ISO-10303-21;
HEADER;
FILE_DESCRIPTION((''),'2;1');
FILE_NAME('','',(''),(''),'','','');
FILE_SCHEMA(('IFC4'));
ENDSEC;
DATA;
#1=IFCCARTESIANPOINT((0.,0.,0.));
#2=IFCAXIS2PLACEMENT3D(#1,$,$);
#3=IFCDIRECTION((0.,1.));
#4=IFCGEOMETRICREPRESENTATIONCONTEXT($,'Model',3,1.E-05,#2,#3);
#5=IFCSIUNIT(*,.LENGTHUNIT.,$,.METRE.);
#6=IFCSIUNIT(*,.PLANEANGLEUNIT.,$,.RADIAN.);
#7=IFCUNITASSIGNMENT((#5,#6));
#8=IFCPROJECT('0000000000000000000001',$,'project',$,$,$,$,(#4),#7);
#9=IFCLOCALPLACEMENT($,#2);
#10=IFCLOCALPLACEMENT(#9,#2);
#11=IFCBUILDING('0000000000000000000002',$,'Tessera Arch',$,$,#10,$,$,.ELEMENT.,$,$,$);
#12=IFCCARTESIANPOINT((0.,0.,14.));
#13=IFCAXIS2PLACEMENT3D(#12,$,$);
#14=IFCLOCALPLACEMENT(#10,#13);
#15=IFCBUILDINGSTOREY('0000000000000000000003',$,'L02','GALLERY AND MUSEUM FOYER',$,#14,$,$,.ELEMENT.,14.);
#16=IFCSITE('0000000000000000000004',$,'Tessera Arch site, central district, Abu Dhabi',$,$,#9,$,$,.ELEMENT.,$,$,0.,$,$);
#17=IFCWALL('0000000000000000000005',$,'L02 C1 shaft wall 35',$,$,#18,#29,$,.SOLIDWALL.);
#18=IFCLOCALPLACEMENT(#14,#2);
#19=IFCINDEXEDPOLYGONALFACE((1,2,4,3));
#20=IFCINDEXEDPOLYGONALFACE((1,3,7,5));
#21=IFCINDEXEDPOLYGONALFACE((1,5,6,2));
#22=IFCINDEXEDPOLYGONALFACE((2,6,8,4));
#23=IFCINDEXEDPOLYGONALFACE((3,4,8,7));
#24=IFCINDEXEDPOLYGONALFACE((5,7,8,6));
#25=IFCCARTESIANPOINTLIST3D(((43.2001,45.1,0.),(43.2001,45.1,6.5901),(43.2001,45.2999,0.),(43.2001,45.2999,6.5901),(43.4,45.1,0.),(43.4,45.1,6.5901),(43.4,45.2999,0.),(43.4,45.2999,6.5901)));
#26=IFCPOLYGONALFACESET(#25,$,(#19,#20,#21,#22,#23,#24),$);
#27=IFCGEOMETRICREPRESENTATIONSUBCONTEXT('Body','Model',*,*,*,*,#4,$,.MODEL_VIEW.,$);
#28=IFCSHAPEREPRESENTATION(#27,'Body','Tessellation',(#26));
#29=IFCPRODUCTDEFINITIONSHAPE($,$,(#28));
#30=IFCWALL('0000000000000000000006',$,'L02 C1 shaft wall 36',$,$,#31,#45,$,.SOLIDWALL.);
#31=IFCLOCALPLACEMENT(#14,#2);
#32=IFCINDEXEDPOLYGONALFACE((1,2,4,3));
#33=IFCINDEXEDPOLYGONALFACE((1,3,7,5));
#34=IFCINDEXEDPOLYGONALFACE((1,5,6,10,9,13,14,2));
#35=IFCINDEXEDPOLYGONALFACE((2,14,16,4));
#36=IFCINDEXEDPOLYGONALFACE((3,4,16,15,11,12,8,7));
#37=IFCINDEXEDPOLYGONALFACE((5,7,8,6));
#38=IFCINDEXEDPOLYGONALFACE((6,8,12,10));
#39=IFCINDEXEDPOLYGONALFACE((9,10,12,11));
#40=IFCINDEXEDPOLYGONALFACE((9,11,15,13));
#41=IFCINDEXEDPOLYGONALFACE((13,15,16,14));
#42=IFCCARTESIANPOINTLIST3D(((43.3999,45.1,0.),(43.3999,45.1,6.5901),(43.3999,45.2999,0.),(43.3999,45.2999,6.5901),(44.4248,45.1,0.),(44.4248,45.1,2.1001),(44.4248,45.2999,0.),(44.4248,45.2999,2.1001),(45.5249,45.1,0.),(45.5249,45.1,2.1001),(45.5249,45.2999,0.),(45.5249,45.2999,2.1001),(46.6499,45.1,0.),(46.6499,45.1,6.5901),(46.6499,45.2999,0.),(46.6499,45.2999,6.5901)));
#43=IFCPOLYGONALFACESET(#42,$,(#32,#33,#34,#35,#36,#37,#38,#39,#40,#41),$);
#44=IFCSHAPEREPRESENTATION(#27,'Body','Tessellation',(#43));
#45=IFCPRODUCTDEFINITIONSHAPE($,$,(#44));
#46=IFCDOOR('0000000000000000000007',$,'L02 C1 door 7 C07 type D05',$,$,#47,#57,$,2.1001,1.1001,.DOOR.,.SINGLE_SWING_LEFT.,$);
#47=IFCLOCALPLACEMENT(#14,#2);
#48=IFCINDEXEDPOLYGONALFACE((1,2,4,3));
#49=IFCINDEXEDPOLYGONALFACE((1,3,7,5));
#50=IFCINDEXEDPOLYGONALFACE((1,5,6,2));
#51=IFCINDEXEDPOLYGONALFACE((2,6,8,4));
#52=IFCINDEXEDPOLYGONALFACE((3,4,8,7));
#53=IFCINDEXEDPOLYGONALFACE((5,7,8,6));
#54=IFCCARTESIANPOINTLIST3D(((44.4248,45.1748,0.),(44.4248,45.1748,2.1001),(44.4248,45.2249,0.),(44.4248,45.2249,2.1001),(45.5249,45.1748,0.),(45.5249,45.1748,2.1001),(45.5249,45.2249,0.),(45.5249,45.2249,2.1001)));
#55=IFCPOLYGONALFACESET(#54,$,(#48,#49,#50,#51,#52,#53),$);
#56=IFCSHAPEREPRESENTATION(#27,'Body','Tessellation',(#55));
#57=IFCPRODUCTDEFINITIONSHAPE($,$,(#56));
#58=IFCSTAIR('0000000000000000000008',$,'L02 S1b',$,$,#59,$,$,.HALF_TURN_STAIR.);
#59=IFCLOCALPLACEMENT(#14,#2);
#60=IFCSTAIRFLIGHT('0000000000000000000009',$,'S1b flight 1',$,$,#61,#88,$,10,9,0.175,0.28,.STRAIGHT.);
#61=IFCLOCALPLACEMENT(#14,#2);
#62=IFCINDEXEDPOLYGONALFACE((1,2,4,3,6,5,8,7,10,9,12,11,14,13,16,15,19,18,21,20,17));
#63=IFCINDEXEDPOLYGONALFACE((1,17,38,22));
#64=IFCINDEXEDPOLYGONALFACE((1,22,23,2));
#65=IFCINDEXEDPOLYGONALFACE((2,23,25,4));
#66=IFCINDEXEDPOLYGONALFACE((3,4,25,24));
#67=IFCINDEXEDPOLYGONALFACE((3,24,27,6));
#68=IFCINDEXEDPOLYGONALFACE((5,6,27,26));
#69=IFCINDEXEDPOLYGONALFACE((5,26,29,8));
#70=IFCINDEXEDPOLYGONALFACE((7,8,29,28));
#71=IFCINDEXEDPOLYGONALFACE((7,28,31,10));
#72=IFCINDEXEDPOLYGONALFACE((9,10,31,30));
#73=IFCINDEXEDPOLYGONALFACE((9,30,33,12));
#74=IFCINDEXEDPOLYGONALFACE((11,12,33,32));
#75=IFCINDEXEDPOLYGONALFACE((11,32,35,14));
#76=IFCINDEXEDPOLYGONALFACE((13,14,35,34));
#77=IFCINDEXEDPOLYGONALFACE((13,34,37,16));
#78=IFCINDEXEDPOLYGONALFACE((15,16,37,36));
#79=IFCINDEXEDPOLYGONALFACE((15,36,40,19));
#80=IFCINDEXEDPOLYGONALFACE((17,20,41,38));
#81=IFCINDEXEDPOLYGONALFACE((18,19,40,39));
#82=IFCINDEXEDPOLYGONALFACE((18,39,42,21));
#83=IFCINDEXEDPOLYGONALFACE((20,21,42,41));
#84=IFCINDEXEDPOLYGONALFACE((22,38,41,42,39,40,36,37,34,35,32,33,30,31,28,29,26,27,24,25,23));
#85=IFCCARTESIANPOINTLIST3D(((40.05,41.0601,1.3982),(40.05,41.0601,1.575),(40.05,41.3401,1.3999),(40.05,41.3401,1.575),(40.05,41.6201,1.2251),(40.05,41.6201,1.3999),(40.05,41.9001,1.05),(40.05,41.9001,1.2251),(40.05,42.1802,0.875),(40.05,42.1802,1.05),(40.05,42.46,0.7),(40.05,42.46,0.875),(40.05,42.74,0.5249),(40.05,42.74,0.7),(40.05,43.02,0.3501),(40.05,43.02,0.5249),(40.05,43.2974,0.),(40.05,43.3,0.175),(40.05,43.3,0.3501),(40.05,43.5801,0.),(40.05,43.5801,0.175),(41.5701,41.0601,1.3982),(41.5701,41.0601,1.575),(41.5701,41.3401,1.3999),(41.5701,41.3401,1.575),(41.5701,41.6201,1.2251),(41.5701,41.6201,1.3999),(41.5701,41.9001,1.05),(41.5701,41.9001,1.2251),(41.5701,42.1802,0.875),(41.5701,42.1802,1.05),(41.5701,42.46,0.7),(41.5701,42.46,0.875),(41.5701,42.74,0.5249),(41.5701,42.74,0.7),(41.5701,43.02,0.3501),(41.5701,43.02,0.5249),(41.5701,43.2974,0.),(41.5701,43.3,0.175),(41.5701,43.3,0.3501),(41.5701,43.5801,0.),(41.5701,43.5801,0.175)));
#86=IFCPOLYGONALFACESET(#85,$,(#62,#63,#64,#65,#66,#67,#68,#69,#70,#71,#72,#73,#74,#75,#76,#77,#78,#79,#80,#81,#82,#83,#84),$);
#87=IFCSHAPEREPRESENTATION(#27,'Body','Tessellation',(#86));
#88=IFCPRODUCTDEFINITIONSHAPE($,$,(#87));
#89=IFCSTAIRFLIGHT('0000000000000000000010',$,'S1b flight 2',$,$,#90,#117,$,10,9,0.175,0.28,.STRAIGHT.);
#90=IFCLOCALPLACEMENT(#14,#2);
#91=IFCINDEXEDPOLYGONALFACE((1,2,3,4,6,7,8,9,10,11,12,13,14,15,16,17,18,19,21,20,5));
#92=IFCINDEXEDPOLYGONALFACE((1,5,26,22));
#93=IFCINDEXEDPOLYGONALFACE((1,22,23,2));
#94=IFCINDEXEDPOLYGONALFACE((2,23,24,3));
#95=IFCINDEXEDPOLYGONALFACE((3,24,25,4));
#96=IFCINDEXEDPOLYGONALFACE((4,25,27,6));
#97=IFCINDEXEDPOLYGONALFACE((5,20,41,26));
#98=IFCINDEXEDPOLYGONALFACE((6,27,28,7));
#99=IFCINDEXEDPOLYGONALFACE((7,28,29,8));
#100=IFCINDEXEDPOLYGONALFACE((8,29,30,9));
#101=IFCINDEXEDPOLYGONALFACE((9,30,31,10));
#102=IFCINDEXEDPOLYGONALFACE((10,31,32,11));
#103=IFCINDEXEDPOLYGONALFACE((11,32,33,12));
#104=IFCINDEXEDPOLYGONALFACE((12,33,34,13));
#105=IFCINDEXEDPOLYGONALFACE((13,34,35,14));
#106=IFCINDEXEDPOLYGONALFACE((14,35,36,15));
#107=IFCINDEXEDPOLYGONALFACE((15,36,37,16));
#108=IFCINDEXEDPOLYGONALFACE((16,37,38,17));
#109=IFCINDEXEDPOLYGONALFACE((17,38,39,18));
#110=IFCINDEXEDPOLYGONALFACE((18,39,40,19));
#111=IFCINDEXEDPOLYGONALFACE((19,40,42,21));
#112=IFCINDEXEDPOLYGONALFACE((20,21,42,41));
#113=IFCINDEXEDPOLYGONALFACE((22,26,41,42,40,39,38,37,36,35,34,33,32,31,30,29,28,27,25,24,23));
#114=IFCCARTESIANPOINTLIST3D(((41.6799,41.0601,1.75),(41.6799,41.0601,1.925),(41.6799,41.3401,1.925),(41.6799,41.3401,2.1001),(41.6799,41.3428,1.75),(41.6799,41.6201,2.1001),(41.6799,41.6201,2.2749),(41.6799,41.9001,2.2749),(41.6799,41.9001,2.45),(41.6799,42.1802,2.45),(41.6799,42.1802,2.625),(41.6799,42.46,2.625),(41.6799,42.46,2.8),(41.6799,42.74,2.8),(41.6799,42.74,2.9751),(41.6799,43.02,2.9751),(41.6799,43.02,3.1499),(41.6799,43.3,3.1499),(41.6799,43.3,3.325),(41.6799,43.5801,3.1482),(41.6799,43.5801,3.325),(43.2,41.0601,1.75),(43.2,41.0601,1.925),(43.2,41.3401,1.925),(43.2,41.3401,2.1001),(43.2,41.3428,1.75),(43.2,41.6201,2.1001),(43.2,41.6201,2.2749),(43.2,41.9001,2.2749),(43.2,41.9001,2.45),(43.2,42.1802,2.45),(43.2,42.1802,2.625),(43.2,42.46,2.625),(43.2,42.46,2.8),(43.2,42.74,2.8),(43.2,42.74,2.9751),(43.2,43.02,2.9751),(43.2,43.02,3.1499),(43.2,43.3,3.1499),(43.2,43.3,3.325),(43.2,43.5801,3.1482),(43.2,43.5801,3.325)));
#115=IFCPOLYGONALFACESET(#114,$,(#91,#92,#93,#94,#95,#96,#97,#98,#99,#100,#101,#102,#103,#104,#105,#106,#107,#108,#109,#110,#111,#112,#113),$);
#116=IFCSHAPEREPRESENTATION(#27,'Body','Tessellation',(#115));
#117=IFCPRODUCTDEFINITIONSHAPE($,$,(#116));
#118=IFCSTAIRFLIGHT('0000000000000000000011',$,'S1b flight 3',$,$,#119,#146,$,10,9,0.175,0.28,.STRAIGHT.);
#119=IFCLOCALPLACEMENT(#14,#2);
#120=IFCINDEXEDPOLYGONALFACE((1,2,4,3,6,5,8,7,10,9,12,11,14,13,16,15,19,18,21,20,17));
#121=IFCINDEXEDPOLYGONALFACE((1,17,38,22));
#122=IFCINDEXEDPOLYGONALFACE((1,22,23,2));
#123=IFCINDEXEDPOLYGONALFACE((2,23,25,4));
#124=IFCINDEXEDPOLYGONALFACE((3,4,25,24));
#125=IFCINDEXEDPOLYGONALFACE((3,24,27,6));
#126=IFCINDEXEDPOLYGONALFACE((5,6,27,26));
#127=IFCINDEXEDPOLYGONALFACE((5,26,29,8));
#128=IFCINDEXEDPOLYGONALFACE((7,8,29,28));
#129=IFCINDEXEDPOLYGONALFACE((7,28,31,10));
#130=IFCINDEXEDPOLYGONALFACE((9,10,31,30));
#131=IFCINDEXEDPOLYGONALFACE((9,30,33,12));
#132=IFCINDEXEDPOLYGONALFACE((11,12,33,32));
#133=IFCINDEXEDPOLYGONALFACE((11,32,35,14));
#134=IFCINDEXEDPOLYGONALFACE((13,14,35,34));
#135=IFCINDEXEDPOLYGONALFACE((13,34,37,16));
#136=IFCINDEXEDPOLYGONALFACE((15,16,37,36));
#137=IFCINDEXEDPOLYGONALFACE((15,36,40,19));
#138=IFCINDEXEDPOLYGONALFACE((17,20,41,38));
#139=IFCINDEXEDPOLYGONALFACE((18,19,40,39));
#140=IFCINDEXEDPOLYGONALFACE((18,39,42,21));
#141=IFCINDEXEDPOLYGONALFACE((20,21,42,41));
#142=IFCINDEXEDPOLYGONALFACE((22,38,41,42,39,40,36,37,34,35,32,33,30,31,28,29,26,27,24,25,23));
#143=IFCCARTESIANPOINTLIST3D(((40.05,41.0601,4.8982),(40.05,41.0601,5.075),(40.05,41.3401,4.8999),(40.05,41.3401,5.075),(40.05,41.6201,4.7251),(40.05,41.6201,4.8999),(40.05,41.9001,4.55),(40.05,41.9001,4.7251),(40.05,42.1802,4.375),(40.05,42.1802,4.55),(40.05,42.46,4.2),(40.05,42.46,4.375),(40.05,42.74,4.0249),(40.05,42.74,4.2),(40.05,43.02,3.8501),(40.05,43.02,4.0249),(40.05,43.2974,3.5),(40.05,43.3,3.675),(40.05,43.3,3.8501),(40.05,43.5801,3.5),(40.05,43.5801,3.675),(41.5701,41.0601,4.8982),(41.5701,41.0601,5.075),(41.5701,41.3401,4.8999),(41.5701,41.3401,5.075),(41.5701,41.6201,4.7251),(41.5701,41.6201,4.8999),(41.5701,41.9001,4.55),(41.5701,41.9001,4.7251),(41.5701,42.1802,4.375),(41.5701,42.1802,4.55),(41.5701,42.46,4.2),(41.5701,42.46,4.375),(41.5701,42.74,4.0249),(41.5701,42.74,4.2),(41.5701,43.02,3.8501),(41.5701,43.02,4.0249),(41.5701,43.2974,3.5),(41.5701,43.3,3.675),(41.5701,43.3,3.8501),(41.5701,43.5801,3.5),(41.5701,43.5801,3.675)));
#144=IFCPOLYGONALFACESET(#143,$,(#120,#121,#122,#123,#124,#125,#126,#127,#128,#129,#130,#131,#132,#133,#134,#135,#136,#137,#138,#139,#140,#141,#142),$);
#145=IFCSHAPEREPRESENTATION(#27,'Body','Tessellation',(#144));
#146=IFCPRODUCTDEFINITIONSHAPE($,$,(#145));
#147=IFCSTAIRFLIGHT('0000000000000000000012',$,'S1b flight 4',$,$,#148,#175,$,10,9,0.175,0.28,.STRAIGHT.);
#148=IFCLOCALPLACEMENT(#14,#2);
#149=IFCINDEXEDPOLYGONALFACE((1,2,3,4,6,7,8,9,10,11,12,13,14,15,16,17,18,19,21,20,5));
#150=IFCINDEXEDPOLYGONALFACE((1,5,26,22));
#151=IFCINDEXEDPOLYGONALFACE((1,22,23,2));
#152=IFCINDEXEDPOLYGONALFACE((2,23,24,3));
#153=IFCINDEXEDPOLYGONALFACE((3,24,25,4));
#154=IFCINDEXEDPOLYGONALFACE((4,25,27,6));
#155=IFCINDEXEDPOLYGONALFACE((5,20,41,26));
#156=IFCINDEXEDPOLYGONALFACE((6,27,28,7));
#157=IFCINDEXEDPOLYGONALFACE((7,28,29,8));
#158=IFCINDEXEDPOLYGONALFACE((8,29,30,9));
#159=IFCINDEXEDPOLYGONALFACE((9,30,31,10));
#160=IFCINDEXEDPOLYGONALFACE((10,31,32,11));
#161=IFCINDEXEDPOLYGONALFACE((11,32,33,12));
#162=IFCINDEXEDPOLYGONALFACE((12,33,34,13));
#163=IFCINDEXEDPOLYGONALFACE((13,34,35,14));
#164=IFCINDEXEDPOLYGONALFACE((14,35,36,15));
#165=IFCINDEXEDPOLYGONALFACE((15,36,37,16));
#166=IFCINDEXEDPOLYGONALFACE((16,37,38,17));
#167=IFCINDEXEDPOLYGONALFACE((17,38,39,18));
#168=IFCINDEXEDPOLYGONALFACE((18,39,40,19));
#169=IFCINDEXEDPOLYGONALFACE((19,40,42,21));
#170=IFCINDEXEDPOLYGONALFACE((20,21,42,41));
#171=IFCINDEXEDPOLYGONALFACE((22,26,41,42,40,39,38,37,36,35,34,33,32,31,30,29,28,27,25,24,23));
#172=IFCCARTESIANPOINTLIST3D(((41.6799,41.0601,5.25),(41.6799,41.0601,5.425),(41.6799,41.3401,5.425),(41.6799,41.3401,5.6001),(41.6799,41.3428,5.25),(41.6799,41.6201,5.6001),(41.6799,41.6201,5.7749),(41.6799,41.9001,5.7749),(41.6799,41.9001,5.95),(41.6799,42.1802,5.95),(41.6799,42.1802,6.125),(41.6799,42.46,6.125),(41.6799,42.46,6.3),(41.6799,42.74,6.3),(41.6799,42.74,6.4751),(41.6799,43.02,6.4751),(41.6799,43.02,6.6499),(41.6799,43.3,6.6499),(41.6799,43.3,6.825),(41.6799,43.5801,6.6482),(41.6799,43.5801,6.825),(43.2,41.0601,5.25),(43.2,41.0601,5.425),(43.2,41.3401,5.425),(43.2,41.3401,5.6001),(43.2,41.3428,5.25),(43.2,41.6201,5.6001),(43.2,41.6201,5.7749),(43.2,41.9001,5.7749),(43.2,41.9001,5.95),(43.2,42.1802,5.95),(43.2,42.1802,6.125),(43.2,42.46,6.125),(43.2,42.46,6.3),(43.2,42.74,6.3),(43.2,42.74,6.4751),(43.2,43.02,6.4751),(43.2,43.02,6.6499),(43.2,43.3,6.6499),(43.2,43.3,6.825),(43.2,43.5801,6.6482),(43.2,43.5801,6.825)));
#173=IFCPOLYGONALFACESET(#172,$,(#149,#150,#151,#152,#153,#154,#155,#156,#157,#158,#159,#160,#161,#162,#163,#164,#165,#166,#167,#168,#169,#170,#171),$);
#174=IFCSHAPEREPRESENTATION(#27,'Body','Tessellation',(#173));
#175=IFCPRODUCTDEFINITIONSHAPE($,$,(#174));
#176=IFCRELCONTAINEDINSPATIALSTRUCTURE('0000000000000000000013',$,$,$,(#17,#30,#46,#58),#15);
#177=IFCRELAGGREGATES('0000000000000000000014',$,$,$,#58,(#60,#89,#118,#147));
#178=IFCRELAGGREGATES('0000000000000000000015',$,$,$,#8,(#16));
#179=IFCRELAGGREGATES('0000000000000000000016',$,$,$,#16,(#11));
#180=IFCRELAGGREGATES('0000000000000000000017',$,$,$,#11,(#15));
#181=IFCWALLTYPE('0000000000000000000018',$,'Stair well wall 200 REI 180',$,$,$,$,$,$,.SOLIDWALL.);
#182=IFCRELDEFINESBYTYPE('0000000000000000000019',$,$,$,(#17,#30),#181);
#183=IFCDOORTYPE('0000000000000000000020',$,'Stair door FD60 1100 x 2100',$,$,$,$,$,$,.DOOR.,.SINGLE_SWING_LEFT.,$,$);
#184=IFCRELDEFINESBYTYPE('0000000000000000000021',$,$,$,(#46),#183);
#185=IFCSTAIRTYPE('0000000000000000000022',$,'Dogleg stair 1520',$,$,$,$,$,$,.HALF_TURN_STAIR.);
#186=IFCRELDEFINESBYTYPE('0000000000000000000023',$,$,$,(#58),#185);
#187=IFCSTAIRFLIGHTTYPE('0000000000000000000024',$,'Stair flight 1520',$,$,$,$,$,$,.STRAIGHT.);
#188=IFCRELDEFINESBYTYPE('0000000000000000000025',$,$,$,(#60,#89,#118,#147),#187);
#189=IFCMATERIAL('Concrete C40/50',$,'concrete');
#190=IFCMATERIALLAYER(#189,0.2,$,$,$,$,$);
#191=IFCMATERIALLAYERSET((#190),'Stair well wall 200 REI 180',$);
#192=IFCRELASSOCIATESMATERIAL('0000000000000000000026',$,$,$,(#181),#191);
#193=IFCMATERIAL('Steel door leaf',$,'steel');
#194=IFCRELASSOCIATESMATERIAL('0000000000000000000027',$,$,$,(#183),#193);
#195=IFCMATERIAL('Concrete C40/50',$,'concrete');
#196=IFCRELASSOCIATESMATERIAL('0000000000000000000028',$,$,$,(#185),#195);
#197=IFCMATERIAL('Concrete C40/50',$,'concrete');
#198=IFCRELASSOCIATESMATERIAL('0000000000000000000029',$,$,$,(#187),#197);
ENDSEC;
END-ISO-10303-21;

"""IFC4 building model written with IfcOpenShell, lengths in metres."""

from ifc_helpers import new_model, si_unit, direction, frame, frame_2d, origin, place, context, subcontext, project, spatial, polyline, rectangle, outline, extrude, material, layer, layer_set, type_object, element, fill, aggregate, save


model = new_model("IFC4")

# Units and contexts
model_context = context("Model", 3, precision=1e-05, world=origin(), true_north=direction((0.0, 1.0)))
body_context = subcontext(model_context, "Body", "Model", "MODEL_VIEW")
ifc_project = project(units=[si_unit("LENGTHUNIT", "METRE"), si_unit("PLANEANGLEUNIT", "RADIAN")], contexts=[model_context])

# Site, building, storey
site_placement = place(None, origin())
site = spatial("IfcSite", under=ifc_project, at=site_placement, Name="Tessera Arch site, central district, Abu Dhabi", CompositionType="ELEMENT", RefElevation=0.0)
building_placement = place(site_placement, origin())
building = spatial("IfcBuilding", under=site, at=building_placement, Name="Tessera Arch", CompositionType="ELEMENT")
storey_placement = place(building_placement, frame((0.0, 0.0, 14.0)))
storey = spatial("IfcBuildingStorey", under=building, at=storey_placement, Name="L02", Description="GALLERY AND MUSEUM FOYER", CompositionType="ELEMENT", Elevation=14.0)

# Wall
ifc_material_1 = material(Name="Concrete C40/50", Category="concrete")
ifc_layer_1 = layer(ifc_material_1, 0.2)
ifc_layer_set_1 = layer_set([ifc_layer_1], Name="Stair well wall 200 REI 180")
wall_type_1 = type_object("IfcWallType", Name="Stair well wall 200 REI 180", PredefinedType="SOLIDWALL", material=ifc_layer_set_1)
wall_1_placement = place(storey_placement, frame((43.2, 45.2, 0.0), z_axis=(0.0, 0.0, 1.0), x_axis=(1.0, 0.0, 0.0)))
element("IfcWall", 1, at=wall_1_placement, inside=storey, type_object=wall_type_1, Name="L02 C1 shaft wall 35", PredefinedType="SOLIDWALL", context=body_context, shape_type="SweptSolid", body=[
    extrude(rectangle(XDim=0.2, YDim=0.2, at=frame_2d((0.1001, 0.0))), origin(), (0.0, 0.0, 1.0), 6.5901),
])

# Wall, opening, door
wall_2_placement = place(storey_placement, frame((43.3999, 45.2, 0.0), z_axis=(0.0, 0.0, 1.0), x_axis=(1.0, 0.0, 0.0)))
wall_2 = element("IfcWall", 2, at=wall_2_placement, inside=storey, type_object=wall_type_1, Name="L02 C1 shaft wall 36", PredefinedType="SOLIDWALL", context=body_context, shape_type="SweptSolid", body=[
    extrude(rectangle(XDim=3.25, YDim=0.2, at=frame_2d((1.625, 0.0))), origin(), (0.0, 0.0, 1.0), 6.5901),
])
opening_placement = place(wall_2_placement, frame((1.0249, 0.0, 0.0)))
opening = element("IfcOpeningElement", 3, at=opening_placement, cuts=wall_2, PredefinedType="OPENING", context=body_context, shape_type="SweptSolid", body=[
    extrude(rectangle(XDim=1.1001, YDim=2.1001, at=frame_2d((0.55, 1.05))), frame((0.0, 0.1099, 0.0), z_axis=(0.0, -1.0, 0.0), x_axis=(1.0, 0.0, 0.0)), (0.0, 0.0, 1.0), 0.22),
])
ifc_material_2 = material(Name="Steel door leaf", Category="steel")
door_type = type_object("IfcDoorType", Name="Stair door FD60 1100 x 2100", OperationType="SINGLE_SWING_LEFT", PredefinedType="DOOR", material=ifc_material_2)
door_placement = place(opening_placement, origin())
door = element("IfcDoor", 4, at=door_placement, inside=storey, type_object=door_type, Name="L02 C1 door 7 C07 type D05", OperationType="SINGLE_SWING_LEFT", OverallHeight=2.1001, OverallWidth=1.1001, PredefinedType="DOOR", context=body_context, shape_type="SweptSolid", body=[
    extrude(rectangle(XDim=1.1001, YDim=2.1001, at=frame_2d((0.55, 1.05))), frame((0.0, 0.0249, 0.0), z_axis=(0.0, -1.0, 0.0), x_axis=(1.0, 0.0, 0.0)), (0.0, 0.0, 1.0), 0.05),
])
fill(opening, door)

# Stair, stair flights
ifc_material_3 = material(Name="Concrete C40/50", Category="concrete")
stair_type = type_object("IfcStairType", Name="Dogleg stair 1520", PredefinedType="HALF_TURN_STAIR", material=ifc_material_3)
stair_1_placement = place(storey_placement, origin())
stair_1 = element("IfcStair", 5, at=stair_1_placement, inside=storey, type_object=stair_type, Name="L02 S1b", PredefinedType="HALF_TURN_STAIR")
ifc_material_4 = material(Name="Concrete C40/50", Category="concrete")
stair_flight_type = type_object("IfcStairFlightType", Name="Stair flight 1520", PredefinedType="STRAIGHT", material=ifc_material_4)
stair_flight_1_placement = place(storey_placement, frame((40.8101, 43.5801, 0.0), z_axis=(0.0, 0.0, 1.0), x_axis=(0.0, -1.0, 0.0)))
stair_flight_1 = element("IfcStairFlight", 6, at=stair_flight_1_placement, type_object=stair_flight_type, Name="S1b flight 1", NumberOfRisers=10, NumberOfTreads=9, PredefinedType="STRAIGHT", RiserHeight=0.175, TreadLength=0.28, context=body_context, shape_type="SweptSolid", body=[
    extrude(outline(polyline([(0.0, 0.0), (0.0, 0.175), (0.28, 0.175), (0.28, 0.3501), (0.5601, 0.3501), (0.5601, 0.5249), (0.8401, 0.5249), (0.8401, 0.7), (1.1201, 0.7), (1.1201, 0.875), (1.3999, 0.875), (1.3999, 1.05), (1.6799, 1.05), (1.6799, 1.2251), (1.96, 1.2251), (1.96, 1.3999), (2.24, 1.3999), (2.24, 1.575), (2.52, 1.575), (2.52, 1.75), (2.52, 1.3982), (0.2827, 0.0), (0.0, 0.0)])), frame((0.0, 0.76, 0.0), z_axis=(0.0, -1.0, 0.0), x_axis=(1.0, 0.0, 0.0)), (0.0, 0.0, 1.0), 1.52),
])
stair_flight_2_placement = place(storey_placement, frame((42.4399, 41.0601, 1.75), z_axis=(0.0, 0.0, 1.0), x_axis=(0.0, 1.0, 0.0)))
stair_flight_2 = element("IfcStairFlight", 7, at=stair_flight_2_placement, type_object=stair_flight_type, Name="S1b flight 2", NumberOfRisers=10, NumberOfTreads=9, PredefinedType="STRAIGHT", RiserHeight=0.175, TreadLength=0.28, context=body_context, shape_type="SweptSolid", body=[
    extrude(outline(polyline([(0.0, 0.0), (0.0, 0.175), (0.28, 0.175), (0.28, 0.3501), (0.5601, 0.3501), (0.5601, 0.5249), (0.8401, 0.5249), (0.8401, 0.7), (1.1201, 0.7), (1.1201, 0.875), (1.3999, 0.875), (1.3999, 1.05), (1.6799, 1.05), (1.6799, 1.2251), (1.96, 1.2251), (1.96, 1.3999), (2.24, 1.3999), (2.24, 1.575), (2.52, 1.575), (2.52, 1.75), (2.52, 1.3982), (0.2827, 0.0), (0.0, 0.0)])), frame((0.0, 0.76, 0.0), z_axis=(0.0, -1.0, 0.0), x_axis=(1.0, 0.0, 0.0)), (0.0, 0.0, 1.0), 1.52),
])
stair_flight_3_placement = place(storey_placement, frame((40.8101, 43.5801, 3.5), z_axis=(0.0, 0.0, 1.0), x_axis=(0.0, -1.0, 0.0)))
stair_flight_3 = element("IfcStairFlight", 8, at=stair_flight_3_placement, type_object=stair_flight_type, Name="S1b flight 3", NumberOfRisers=10, NumberOfTreads=9, PredefinedType="STRAIGHT", RiserHeight=0.175, TreadLength=0.28, context=body_context, shape_type="SweptSolid", body=[
    extrude(outline(polyline([(0.0, 0.0), (0.0, 0.175), (0.28, 0.175), (0.28, 0.3501), (0.5601, 0.3501), (0.5601, 0.5249), (0.8401, 0.5249), (0.8401, 0.7), (1.1201, 0.7), (1.1201, 0.875), (1.3999, 0.875), (1.3999, 1.05), (1.6799, 1.05), (1.6799, 1.2251), (1.96, 1.2251), (1.96, 1.3999), (2.24, 1.3999), (2.24, 1.575), (2.52, 1.575), (2.52, 1.75), (2.52, 1.3982), (0.2827, 0.0), (0.0, 0.0)])), frame((0.0, 0.76, 0.0), z_axis=(0.0, -1.0, 0.0), x_axis=(1.0, 0.0, 0.0)), (0.0, 0.0, 1.0), 1.52),
])
stair_flight_4_placement = place(storey_placement, frame((42.4399, 41.0601, 5.25), z_axis=(0.0, 0.0, 1.0), x_axis=(0.0, 1.0, 0.0)))
stair_flight_4 = element("IfcStairFlight", 9, at=stair_flight_4_placement, type_object=stair_flight_type, Name="S1b flight 4", NumberOfRisers=10, NumberOfTreads=9, PredefinedType="STRAIGHT", RiserHeight=0.175, TreadLength=0.28, context=body_context, shape_type="SweptSolid", body=[
    extrude(outline(polyline([(0.0, 0.0), (0.0, 0.175), (0.28, 0.175), (0.28, 0.3501), (0.5601, 0.3501), (0.5601, 0.5249), (0.8401, 0.5249), (0.8401, 0.7), (1.1201, 0.7), (1.1201, 0.875), (1.3999, 0.875), (1.3999, 1.05), (1.6799, 1.05), (1.6799, 1.2251), (1.96, 1.2251), (1.96, 1.3999), (2.24, 1.3999), (2.24, 1.575), (2.52, 1.575), (2.52, 1.75), (2.52, 1.3982), (0.2827, 0.0), (0.0, 0.0)])), frame((0.0, 0.76, 0.0), z_axis=(0.0, -1.0, 0.0), x_axis=(1.0, 0.0, 0.0)), (0.0, 0.0, 1.0), 1.52),
])
aggregate(stair_1, [stair_flight_1, stair_flight_2, stair_flight_3, stair_flight_4])

save(model, "model.ifc")
